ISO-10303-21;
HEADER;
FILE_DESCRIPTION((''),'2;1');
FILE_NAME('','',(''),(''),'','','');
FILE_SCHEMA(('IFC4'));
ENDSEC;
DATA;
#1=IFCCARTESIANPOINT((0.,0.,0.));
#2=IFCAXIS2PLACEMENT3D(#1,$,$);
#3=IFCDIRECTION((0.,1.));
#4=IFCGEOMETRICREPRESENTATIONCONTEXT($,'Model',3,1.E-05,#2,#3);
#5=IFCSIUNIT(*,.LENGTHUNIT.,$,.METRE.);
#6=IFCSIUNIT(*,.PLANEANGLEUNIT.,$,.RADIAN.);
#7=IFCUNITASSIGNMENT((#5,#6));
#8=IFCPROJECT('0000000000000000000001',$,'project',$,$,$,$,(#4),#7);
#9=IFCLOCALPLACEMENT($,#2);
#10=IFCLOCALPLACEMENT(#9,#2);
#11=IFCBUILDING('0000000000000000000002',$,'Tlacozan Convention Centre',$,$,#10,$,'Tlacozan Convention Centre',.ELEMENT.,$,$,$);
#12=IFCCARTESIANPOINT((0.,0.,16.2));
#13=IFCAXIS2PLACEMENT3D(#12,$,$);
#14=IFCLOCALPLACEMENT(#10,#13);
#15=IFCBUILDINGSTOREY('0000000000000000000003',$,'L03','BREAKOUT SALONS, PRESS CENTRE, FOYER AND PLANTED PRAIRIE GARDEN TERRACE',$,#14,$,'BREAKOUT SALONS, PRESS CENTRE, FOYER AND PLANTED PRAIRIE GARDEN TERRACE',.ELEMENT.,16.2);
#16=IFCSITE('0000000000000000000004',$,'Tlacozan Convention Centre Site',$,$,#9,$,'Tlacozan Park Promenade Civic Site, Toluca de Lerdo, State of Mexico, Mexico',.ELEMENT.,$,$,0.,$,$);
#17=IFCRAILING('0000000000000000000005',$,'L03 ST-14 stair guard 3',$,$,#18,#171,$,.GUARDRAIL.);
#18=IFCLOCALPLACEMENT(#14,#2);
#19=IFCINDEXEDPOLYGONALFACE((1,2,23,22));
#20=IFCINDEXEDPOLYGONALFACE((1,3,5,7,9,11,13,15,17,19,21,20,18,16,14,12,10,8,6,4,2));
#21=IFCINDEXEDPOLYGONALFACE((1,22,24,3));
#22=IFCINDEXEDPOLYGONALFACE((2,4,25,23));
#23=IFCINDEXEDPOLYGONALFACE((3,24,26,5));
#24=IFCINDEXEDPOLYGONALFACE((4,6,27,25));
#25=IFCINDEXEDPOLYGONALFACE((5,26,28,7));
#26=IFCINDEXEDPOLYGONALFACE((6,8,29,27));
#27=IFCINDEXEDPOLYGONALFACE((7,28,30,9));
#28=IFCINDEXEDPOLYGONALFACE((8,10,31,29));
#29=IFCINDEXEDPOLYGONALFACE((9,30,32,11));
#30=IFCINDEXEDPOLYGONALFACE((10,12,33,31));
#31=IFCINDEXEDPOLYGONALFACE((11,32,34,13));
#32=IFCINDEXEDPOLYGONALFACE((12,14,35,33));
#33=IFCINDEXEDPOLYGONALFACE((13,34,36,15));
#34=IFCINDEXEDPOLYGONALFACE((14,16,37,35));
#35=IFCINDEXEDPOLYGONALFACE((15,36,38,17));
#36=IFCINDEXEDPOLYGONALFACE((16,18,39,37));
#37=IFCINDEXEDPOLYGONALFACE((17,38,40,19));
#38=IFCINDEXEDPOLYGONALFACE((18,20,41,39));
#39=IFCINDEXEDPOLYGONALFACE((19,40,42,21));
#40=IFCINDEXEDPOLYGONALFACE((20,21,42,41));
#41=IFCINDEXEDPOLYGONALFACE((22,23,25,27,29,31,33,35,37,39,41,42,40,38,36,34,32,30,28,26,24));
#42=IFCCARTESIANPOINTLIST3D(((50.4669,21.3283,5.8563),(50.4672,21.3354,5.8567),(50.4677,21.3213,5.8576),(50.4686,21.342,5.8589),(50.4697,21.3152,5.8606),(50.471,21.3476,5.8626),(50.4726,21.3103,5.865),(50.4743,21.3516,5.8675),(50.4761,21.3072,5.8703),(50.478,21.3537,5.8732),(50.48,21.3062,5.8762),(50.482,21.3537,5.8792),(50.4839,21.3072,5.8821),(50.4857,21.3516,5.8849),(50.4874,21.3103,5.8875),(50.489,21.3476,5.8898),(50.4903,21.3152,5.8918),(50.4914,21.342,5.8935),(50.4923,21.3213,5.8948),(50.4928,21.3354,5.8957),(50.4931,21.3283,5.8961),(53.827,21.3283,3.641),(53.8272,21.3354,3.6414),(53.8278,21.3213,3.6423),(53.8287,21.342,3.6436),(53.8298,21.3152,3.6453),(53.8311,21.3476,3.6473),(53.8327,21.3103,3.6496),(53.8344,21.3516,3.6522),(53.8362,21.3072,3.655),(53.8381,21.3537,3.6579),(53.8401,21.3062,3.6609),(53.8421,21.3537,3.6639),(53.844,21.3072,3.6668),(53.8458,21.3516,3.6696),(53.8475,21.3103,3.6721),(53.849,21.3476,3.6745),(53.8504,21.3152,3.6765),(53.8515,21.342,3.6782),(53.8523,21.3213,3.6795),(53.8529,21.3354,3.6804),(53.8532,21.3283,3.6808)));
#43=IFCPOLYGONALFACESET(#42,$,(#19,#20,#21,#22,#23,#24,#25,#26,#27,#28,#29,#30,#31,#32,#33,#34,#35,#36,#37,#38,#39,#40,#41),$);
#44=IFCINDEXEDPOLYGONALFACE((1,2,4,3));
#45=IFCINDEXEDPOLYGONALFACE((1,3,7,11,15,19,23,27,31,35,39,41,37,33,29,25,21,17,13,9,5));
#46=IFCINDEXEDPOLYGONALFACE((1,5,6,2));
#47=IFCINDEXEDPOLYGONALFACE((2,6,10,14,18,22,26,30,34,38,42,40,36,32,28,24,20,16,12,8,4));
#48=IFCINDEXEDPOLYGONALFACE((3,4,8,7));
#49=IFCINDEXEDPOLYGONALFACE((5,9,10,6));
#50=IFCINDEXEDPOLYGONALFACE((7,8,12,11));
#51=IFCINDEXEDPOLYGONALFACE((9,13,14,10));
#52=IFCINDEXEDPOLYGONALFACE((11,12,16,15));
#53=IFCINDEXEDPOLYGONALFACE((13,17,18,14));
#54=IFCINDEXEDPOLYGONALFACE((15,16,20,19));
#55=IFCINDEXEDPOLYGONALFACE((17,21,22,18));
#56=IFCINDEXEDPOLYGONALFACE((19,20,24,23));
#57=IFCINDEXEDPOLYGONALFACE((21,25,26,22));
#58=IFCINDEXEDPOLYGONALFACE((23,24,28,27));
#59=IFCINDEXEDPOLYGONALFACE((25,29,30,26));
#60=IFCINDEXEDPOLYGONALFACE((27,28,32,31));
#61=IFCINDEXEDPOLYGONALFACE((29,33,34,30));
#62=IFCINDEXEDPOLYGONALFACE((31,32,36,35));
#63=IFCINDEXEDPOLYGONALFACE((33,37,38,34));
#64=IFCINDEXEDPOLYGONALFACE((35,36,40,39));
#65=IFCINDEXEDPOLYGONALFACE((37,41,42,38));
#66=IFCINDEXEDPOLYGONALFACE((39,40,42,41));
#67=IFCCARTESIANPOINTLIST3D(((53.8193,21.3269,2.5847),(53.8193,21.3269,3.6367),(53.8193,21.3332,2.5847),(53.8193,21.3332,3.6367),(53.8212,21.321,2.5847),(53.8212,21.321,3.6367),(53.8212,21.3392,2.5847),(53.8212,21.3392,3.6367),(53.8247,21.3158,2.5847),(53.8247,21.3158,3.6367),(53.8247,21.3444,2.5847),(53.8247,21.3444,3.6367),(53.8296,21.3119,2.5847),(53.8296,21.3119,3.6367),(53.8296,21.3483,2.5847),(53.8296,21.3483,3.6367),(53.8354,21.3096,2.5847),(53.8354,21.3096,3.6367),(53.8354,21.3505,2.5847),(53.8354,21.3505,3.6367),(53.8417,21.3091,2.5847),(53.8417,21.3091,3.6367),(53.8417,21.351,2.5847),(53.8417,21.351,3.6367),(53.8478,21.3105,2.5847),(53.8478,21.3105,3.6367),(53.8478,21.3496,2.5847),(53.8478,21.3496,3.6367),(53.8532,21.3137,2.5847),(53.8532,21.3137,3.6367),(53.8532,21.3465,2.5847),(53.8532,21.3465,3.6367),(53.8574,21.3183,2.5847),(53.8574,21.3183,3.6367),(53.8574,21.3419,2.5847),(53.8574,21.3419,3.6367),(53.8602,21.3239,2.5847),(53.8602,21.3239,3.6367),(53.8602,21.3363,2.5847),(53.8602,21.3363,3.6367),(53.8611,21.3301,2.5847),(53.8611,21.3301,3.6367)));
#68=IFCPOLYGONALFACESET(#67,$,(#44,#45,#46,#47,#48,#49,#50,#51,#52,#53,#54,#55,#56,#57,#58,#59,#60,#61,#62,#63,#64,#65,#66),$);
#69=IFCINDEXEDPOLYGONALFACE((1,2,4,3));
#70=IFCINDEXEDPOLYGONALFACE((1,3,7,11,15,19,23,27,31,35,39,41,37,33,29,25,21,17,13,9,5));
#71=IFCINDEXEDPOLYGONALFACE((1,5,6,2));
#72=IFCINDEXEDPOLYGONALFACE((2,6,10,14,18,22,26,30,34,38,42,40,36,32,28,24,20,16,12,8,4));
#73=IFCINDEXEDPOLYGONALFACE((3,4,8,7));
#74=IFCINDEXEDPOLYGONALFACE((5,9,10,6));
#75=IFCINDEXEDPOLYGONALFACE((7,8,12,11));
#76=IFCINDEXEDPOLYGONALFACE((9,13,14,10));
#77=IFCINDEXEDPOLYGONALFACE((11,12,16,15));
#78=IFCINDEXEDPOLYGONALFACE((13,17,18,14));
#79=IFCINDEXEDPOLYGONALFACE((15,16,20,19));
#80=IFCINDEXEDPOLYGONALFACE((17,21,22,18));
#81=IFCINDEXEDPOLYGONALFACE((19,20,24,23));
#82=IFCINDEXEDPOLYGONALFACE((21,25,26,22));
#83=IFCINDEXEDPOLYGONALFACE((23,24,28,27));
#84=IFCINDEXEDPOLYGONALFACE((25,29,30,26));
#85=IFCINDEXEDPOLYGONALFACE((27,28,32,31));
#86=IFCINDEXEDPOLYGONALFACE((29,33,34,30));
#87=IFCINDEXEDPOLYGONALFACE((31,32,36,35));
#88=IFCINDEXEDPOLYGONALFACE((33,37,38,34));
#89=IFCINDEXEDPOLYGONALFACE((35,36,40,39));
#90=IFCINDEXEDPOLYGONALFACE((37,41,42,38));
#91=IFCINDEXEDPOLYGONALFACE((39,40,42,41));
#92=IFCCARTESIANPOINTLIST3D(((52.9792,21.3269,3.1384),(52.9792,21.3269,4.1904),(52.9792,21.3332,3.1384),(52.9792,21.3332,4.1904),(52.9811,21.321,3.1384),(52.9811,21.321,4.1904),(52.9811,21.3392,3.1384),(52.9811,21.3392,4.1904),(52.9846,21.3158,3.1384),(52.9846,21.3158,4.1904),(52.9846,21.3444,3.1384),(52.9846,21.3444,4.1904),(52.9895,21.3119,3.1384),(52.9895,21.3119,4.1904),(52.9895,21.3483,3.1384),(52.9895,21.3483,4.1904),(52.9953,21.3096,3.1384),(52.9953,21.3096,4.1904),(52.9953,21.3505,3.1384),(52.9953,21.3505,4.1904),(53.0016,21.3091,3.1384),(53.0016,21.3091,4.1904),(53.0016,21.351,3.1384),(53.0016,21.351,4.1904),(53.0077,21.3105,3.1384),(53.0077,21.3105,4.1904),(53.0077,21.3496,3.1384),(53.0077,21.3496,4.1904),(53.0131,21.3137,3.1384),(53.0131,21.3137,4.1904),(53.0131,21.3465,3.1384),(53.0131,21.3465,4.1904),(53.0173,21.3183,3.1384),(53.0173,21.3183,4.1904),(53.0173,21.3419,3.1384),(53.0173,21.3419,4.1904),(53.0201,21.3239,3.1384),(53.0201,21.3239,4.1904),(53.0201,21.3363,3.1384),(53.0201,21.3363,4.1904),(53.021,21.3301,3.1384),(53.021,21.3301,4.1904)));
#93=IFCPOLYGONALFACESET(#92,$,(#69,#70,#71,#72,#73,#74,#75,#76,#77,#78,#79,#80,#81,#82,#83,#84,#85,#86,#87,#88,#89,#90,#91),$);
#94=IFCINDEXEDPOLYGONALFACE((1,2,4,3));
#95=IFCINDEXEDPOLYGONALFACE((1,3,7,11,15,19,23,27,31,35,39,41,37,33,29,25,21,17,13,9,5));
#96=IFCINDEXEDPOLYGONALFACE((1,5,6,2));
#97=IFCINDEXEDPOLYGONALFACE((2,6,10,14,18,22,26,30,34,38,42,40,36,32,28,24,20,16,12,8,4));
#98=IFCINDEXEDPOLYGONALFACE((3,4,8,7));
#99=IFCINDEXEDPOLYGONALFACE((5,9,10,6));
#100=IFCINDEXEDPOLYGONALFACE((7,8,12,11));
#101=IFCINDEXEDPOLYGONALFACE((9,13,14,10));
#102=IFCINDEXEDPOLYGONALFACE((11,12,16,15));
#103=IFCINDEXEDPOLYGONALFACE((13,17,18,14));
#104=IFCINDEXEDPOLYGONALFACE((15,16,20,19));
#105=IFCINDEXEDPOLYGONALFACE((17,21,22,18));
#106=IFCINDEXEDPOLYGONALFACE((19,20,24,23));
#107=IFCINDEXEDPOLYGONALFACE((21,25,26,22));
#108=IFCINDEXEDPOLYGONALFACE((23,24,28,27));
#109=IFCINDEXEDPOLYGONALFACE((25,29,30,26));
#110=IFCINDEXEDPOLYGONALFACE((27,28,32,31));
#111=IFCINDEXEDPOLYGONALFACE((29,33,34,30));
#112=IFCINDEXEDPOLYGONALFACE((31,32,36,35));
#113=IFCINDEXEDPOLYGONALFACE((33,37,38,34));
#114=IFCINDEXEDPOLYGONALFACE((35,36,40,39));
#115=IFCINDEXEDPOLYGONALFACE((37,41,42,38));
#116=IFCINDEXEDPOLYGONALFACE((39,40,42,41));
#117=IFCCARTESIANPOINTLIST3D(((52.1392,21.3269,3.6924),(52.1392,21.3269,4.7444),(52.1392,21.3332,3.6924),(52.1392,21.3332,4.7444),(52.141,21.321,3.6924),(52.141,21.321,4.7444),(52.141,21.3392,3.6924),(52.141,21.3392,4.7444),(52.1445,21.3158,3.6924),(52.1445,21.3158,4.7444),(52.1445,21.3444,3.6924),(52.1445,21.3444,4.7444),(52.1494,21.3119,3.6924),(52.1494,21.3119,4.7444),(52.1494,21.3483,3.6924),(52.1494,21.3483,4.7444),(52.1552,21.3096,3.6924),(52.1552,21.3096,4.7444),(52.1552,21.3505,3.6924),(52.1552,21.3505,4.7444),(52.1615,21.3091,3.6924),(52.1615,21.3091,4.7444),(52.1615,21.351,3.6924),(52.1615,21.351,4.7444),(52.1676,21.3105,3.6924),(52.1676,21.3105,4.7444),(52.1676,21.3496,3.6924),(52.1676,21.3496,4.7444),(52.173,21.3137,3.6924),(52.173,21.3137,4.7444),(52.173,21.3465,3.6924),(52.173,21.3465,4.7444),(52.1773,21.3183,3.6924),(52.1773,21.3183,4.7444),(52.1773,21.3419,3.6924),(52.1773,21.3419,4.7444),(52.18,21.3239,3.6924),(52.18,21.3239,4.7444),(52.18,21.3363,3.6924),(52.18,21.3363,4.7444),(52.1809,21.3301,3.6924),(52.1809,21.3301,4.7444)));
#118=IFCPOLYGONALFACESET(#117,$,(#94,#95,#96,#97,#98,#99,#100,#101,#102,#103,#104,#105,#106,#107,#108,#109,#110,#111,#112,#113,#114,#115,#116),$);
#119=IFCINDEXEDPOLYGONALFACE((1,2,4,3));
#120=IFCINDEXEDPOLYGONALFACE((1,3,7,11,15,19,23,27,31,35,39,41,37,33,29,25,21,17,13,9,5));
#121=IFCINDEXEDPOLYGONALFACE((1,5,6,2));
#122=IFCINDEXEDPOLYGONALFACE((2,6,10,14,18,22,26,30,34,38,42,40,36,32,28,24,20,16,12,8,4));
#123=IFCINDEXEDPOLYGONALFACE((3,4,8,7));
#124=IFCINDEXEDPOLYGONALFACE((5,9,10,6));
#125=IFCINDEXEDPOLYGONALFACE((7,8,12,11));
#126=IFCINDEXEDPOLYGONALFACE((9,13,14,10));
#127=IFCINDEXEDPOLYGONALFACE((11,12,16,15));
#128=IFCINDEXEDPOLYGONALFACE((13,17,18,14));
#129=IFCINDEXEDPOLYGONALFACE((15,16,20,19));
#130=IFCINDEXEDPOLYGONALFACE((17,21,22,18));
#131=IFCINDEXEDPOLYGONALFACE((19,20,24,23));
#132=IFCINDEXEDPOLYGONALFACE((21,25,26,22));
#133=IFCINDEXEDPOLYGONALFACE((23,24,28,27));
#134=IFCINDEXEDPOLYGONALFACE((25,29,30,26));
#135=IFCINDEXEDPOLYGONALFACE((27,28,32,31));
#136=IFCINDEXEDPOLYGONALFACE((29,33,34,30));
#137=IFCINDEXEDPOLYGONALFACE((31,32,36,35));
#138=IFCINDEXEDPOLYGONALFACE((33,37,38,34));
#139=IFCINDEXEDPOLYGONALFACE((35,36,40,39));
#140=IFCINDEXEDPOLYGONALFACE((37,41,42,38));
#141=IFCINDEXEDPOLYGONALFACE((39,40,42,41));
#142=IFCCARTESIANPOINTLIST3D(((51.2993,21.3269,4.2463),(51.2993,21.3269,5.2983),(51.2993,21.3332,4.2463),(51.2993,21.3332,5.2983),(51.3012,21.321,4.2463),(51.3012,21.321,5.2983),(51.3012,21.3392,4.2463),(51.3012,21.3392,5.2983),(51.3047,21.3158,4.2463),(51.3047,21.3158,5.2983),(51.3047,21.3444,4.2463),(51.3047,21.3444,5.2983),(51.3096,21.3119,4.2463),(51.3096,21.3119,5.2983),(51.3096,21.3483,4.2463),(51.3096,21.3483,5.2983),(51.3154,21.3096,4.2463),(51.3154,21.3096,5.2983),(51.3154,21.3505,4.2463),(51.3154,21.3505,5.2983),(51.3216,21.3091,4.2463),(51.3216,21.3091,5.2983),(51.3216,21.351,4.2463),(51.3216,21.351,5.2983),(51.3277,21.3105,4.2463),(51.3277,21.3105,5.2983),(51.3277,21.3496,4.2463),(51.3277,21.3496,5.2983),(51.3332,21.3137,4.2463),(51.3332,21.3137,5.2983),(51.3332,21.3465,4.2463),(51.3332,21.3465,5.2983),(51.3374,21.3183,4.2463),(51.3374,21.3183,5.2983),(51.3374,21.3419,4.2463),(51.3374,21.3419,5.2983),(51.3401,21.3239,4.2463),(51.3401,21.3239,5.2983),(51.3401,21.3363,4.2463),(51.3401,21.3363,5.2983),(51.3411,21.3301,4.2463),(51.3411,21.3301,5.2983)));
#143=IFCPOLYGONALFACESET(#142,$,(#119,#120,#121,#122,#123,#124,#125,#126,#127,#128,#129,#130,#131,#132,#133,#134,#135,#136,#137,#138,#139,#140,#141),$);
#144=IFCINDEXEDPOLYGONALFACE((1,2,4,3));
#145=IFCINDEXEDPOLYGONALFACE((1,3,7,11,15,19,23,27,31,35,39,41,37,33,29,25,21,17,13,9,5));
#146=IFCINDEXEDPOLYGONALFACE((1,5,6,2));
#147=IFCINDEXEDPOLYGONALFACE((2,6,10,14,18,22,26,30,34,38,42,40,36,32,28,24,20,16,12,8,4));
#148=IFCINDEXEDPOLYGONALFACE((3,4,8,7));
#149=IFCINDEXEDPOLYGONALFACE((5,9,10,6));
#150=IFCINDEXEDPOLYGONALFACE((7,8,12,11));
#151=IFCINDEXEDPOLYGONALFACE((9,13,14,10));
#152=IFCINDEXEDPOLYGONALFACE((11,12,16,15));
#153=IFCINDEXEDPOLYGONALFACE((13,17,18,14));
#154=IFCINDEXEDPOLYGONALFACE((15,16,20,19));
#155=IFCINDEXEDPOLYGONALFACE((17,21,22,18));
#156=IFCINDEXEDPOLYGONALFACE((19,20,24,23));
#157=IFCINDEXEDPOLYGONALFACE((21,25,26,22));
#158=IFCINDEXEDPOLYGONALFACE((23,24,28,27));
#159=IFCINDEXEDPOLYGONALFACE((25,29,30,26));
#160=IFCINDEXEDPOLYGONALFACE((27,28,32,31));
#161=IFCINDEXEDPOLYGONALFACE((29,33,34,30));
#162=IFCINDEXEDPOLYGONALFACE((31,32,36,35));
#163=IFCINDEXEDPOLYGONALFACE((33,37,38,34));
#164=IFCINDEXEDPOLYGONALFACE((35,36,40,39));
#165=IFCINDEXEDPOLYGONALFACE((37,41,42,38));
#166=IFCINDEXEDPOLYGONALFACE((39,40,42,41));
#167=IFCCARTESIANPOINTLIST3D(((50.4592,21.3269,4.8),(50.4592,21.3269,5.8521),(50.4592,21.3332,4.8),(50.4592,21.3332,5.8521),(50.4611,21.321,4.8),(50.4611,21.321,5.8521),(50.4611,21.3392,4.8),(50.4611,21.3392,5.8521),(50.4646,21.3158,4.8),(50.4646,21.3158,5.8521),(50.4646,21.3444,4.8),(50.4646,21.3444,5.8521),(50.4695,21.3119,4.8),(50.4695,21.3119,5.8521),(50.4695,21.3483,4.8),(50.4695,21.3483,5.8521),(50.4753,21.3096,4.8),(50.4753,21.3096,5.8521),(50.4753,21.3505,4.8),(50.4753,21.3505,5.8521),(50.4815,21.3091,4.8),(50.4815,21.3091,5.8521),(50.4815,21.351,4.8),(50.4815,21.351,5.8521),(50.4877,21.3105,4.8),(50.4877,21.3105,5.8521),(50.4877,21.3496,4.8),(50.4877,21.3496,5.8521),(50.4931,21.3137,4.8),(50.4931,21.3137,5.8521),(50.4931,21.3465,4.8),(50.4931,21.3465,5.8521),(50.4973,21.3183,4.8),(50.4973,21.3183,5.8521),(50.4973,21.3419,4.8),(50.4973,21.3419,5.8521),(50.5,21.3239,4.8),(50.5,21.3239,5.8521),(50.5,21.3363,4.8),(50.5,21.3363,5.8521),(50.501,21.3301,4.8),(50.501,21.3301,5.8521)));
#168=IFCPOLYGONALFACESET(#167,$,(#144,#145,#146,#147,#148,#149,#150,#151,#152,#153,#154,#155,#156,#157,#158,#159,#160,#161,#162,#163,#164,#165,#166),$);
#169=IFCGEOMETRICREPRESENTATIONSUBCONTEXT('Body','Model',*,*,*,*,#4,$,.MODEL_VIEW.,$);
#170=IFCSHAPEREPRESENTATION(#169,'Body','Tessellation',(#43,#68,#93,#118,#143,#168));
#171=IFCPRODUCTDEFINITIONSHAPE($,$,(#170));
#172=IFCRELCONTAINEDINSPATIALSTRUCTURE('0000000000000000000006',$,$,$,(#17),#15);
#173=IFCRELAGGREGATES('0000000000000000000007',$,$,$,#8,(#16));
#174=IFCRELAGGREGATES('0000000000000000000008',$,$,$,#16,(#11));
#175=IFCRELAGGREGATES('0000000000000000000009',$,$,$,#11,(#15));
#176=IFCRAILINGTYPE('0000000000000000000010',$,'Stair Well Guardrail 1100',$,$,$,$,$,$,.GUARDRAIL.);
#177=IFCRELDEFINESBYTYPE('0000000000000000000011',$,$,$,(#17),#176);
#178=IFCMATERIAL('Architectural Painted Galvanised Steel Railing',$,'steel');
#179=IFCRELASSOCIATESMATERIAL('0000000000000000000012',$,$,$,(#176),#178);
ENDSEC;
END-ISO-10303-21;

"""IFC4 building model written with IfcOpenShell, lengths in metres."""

from ifc_helpers import new_model, si_unit, direction, frame, origin, origin_2d, place, context, subcontext, project, spatial, circle, extrude, material, type_object, element, save


model = new_model("IFC4")

# Units and contexts
model_context = context("Model", 3, precision=1e-05, world=origin(), true_north=direction((0.0, 1.0)))
body_context = subcontext(model_context, "Body", "Model", "MODEL_VIEW")
ifc_project = project(units=[si_unit("LENGTHUNIT", "METRE"), si_unit("PLANEANGLEUNIT", "RADIAN")], contexts=[model_context])

# Site, building, storey
site_placement = place(None, origin())
site = spatial("IfcSite", under=ifc_project, at=site_placement, Name="Tlacozan Convention Centre Site", LongName="Tlacozan Park Promenade Civic Site, Toluca de Lerdo, State of Mexico, Mexico", CompositionType="ELEMENT", RefElevation=0.0)
building_placement = place(site_placement, origin())
building = spatial("IfcBuilding", under=site, at=building_placement, Name="Tlacozan Convention Centre", LongName="Tlacozan Convention Centre", CompositionType="ELEMENT")
storey_placement = place(building_placement, frame((0.0, 0.0, 16.2)))
storey = spatial("IfcBuildingStorey", under=building, at=storey_placement, Name="L03", Description="BREAKOUT SALONS, PRESS CENTRE, FOYER AND PLANTED PRAIRIE GARDEN TERRACE", LongName="BREAKOUT SALONS, PRESS CENTRE, FOYER AND PLANTED PRAIRIE GARDEN TERRACE", CompositionType="ELEMENT", Elevation=16.2)

# Railing
ifc_material_1 = material(Name="Architectural Painted Galvanised Steel Railing", Category="steel")
railing_type_1 = type_object("IfcRailingType", Name="Stair Well Guardrail 1100", PredefinedType="GUARDRAIL", material=ifc_material_1)
railing_1_placement = place(storey_placement, frame((53.8401, 21.3301, 2.5847)))
element("IfcRailing", 1, at=railing_1_placement, inside=storey, type_object=railing_type_1, Name="L03 ST-14 stair guard 3", PredefinedType="GUARDRAIL", context=body_context, shape_type="SweptSolid", body=[
    extrude(circle(Radius=0.0239, at=origin_2d()), frame((0.0, 0.0, 1.0762), z_axis=(-0.834876, 0.0, 0.550437), x_axis=(0.0, -1.0, 0.0)), (0.0, 0.0, 1.0), 4.0247),
    extrude(circle(Radius=0.021, at=origin_2d()), origin(), (0.0, 0.0, 1.0), 1.052),
    extrude(circle(Radius=0.021, at=origin_2d()), frame((-0.8401, 0.0, 0.5537)), (0.0, 0.0, 1.0), 1.052),
    extrude(circle(Radius=0.021, at=origin_2d()), frame((-1.6802, 0.0, 1.1077)), (0.0, 0.0, 1.0), 1.052),
    extrude(circle(Radius=0.021, at=origin_2d()), frame((-2.52, 0.0, 1.6616)), (0.0, 0.0, 1.0), 1.052),
    extrude(circle(Radius=0.021, at=origin_2d()), frame((-3.3601, 0.0, 2.2153)), (0.0, 0.0, 1.0), 1.052),
])

save(model, "model.ifc")
